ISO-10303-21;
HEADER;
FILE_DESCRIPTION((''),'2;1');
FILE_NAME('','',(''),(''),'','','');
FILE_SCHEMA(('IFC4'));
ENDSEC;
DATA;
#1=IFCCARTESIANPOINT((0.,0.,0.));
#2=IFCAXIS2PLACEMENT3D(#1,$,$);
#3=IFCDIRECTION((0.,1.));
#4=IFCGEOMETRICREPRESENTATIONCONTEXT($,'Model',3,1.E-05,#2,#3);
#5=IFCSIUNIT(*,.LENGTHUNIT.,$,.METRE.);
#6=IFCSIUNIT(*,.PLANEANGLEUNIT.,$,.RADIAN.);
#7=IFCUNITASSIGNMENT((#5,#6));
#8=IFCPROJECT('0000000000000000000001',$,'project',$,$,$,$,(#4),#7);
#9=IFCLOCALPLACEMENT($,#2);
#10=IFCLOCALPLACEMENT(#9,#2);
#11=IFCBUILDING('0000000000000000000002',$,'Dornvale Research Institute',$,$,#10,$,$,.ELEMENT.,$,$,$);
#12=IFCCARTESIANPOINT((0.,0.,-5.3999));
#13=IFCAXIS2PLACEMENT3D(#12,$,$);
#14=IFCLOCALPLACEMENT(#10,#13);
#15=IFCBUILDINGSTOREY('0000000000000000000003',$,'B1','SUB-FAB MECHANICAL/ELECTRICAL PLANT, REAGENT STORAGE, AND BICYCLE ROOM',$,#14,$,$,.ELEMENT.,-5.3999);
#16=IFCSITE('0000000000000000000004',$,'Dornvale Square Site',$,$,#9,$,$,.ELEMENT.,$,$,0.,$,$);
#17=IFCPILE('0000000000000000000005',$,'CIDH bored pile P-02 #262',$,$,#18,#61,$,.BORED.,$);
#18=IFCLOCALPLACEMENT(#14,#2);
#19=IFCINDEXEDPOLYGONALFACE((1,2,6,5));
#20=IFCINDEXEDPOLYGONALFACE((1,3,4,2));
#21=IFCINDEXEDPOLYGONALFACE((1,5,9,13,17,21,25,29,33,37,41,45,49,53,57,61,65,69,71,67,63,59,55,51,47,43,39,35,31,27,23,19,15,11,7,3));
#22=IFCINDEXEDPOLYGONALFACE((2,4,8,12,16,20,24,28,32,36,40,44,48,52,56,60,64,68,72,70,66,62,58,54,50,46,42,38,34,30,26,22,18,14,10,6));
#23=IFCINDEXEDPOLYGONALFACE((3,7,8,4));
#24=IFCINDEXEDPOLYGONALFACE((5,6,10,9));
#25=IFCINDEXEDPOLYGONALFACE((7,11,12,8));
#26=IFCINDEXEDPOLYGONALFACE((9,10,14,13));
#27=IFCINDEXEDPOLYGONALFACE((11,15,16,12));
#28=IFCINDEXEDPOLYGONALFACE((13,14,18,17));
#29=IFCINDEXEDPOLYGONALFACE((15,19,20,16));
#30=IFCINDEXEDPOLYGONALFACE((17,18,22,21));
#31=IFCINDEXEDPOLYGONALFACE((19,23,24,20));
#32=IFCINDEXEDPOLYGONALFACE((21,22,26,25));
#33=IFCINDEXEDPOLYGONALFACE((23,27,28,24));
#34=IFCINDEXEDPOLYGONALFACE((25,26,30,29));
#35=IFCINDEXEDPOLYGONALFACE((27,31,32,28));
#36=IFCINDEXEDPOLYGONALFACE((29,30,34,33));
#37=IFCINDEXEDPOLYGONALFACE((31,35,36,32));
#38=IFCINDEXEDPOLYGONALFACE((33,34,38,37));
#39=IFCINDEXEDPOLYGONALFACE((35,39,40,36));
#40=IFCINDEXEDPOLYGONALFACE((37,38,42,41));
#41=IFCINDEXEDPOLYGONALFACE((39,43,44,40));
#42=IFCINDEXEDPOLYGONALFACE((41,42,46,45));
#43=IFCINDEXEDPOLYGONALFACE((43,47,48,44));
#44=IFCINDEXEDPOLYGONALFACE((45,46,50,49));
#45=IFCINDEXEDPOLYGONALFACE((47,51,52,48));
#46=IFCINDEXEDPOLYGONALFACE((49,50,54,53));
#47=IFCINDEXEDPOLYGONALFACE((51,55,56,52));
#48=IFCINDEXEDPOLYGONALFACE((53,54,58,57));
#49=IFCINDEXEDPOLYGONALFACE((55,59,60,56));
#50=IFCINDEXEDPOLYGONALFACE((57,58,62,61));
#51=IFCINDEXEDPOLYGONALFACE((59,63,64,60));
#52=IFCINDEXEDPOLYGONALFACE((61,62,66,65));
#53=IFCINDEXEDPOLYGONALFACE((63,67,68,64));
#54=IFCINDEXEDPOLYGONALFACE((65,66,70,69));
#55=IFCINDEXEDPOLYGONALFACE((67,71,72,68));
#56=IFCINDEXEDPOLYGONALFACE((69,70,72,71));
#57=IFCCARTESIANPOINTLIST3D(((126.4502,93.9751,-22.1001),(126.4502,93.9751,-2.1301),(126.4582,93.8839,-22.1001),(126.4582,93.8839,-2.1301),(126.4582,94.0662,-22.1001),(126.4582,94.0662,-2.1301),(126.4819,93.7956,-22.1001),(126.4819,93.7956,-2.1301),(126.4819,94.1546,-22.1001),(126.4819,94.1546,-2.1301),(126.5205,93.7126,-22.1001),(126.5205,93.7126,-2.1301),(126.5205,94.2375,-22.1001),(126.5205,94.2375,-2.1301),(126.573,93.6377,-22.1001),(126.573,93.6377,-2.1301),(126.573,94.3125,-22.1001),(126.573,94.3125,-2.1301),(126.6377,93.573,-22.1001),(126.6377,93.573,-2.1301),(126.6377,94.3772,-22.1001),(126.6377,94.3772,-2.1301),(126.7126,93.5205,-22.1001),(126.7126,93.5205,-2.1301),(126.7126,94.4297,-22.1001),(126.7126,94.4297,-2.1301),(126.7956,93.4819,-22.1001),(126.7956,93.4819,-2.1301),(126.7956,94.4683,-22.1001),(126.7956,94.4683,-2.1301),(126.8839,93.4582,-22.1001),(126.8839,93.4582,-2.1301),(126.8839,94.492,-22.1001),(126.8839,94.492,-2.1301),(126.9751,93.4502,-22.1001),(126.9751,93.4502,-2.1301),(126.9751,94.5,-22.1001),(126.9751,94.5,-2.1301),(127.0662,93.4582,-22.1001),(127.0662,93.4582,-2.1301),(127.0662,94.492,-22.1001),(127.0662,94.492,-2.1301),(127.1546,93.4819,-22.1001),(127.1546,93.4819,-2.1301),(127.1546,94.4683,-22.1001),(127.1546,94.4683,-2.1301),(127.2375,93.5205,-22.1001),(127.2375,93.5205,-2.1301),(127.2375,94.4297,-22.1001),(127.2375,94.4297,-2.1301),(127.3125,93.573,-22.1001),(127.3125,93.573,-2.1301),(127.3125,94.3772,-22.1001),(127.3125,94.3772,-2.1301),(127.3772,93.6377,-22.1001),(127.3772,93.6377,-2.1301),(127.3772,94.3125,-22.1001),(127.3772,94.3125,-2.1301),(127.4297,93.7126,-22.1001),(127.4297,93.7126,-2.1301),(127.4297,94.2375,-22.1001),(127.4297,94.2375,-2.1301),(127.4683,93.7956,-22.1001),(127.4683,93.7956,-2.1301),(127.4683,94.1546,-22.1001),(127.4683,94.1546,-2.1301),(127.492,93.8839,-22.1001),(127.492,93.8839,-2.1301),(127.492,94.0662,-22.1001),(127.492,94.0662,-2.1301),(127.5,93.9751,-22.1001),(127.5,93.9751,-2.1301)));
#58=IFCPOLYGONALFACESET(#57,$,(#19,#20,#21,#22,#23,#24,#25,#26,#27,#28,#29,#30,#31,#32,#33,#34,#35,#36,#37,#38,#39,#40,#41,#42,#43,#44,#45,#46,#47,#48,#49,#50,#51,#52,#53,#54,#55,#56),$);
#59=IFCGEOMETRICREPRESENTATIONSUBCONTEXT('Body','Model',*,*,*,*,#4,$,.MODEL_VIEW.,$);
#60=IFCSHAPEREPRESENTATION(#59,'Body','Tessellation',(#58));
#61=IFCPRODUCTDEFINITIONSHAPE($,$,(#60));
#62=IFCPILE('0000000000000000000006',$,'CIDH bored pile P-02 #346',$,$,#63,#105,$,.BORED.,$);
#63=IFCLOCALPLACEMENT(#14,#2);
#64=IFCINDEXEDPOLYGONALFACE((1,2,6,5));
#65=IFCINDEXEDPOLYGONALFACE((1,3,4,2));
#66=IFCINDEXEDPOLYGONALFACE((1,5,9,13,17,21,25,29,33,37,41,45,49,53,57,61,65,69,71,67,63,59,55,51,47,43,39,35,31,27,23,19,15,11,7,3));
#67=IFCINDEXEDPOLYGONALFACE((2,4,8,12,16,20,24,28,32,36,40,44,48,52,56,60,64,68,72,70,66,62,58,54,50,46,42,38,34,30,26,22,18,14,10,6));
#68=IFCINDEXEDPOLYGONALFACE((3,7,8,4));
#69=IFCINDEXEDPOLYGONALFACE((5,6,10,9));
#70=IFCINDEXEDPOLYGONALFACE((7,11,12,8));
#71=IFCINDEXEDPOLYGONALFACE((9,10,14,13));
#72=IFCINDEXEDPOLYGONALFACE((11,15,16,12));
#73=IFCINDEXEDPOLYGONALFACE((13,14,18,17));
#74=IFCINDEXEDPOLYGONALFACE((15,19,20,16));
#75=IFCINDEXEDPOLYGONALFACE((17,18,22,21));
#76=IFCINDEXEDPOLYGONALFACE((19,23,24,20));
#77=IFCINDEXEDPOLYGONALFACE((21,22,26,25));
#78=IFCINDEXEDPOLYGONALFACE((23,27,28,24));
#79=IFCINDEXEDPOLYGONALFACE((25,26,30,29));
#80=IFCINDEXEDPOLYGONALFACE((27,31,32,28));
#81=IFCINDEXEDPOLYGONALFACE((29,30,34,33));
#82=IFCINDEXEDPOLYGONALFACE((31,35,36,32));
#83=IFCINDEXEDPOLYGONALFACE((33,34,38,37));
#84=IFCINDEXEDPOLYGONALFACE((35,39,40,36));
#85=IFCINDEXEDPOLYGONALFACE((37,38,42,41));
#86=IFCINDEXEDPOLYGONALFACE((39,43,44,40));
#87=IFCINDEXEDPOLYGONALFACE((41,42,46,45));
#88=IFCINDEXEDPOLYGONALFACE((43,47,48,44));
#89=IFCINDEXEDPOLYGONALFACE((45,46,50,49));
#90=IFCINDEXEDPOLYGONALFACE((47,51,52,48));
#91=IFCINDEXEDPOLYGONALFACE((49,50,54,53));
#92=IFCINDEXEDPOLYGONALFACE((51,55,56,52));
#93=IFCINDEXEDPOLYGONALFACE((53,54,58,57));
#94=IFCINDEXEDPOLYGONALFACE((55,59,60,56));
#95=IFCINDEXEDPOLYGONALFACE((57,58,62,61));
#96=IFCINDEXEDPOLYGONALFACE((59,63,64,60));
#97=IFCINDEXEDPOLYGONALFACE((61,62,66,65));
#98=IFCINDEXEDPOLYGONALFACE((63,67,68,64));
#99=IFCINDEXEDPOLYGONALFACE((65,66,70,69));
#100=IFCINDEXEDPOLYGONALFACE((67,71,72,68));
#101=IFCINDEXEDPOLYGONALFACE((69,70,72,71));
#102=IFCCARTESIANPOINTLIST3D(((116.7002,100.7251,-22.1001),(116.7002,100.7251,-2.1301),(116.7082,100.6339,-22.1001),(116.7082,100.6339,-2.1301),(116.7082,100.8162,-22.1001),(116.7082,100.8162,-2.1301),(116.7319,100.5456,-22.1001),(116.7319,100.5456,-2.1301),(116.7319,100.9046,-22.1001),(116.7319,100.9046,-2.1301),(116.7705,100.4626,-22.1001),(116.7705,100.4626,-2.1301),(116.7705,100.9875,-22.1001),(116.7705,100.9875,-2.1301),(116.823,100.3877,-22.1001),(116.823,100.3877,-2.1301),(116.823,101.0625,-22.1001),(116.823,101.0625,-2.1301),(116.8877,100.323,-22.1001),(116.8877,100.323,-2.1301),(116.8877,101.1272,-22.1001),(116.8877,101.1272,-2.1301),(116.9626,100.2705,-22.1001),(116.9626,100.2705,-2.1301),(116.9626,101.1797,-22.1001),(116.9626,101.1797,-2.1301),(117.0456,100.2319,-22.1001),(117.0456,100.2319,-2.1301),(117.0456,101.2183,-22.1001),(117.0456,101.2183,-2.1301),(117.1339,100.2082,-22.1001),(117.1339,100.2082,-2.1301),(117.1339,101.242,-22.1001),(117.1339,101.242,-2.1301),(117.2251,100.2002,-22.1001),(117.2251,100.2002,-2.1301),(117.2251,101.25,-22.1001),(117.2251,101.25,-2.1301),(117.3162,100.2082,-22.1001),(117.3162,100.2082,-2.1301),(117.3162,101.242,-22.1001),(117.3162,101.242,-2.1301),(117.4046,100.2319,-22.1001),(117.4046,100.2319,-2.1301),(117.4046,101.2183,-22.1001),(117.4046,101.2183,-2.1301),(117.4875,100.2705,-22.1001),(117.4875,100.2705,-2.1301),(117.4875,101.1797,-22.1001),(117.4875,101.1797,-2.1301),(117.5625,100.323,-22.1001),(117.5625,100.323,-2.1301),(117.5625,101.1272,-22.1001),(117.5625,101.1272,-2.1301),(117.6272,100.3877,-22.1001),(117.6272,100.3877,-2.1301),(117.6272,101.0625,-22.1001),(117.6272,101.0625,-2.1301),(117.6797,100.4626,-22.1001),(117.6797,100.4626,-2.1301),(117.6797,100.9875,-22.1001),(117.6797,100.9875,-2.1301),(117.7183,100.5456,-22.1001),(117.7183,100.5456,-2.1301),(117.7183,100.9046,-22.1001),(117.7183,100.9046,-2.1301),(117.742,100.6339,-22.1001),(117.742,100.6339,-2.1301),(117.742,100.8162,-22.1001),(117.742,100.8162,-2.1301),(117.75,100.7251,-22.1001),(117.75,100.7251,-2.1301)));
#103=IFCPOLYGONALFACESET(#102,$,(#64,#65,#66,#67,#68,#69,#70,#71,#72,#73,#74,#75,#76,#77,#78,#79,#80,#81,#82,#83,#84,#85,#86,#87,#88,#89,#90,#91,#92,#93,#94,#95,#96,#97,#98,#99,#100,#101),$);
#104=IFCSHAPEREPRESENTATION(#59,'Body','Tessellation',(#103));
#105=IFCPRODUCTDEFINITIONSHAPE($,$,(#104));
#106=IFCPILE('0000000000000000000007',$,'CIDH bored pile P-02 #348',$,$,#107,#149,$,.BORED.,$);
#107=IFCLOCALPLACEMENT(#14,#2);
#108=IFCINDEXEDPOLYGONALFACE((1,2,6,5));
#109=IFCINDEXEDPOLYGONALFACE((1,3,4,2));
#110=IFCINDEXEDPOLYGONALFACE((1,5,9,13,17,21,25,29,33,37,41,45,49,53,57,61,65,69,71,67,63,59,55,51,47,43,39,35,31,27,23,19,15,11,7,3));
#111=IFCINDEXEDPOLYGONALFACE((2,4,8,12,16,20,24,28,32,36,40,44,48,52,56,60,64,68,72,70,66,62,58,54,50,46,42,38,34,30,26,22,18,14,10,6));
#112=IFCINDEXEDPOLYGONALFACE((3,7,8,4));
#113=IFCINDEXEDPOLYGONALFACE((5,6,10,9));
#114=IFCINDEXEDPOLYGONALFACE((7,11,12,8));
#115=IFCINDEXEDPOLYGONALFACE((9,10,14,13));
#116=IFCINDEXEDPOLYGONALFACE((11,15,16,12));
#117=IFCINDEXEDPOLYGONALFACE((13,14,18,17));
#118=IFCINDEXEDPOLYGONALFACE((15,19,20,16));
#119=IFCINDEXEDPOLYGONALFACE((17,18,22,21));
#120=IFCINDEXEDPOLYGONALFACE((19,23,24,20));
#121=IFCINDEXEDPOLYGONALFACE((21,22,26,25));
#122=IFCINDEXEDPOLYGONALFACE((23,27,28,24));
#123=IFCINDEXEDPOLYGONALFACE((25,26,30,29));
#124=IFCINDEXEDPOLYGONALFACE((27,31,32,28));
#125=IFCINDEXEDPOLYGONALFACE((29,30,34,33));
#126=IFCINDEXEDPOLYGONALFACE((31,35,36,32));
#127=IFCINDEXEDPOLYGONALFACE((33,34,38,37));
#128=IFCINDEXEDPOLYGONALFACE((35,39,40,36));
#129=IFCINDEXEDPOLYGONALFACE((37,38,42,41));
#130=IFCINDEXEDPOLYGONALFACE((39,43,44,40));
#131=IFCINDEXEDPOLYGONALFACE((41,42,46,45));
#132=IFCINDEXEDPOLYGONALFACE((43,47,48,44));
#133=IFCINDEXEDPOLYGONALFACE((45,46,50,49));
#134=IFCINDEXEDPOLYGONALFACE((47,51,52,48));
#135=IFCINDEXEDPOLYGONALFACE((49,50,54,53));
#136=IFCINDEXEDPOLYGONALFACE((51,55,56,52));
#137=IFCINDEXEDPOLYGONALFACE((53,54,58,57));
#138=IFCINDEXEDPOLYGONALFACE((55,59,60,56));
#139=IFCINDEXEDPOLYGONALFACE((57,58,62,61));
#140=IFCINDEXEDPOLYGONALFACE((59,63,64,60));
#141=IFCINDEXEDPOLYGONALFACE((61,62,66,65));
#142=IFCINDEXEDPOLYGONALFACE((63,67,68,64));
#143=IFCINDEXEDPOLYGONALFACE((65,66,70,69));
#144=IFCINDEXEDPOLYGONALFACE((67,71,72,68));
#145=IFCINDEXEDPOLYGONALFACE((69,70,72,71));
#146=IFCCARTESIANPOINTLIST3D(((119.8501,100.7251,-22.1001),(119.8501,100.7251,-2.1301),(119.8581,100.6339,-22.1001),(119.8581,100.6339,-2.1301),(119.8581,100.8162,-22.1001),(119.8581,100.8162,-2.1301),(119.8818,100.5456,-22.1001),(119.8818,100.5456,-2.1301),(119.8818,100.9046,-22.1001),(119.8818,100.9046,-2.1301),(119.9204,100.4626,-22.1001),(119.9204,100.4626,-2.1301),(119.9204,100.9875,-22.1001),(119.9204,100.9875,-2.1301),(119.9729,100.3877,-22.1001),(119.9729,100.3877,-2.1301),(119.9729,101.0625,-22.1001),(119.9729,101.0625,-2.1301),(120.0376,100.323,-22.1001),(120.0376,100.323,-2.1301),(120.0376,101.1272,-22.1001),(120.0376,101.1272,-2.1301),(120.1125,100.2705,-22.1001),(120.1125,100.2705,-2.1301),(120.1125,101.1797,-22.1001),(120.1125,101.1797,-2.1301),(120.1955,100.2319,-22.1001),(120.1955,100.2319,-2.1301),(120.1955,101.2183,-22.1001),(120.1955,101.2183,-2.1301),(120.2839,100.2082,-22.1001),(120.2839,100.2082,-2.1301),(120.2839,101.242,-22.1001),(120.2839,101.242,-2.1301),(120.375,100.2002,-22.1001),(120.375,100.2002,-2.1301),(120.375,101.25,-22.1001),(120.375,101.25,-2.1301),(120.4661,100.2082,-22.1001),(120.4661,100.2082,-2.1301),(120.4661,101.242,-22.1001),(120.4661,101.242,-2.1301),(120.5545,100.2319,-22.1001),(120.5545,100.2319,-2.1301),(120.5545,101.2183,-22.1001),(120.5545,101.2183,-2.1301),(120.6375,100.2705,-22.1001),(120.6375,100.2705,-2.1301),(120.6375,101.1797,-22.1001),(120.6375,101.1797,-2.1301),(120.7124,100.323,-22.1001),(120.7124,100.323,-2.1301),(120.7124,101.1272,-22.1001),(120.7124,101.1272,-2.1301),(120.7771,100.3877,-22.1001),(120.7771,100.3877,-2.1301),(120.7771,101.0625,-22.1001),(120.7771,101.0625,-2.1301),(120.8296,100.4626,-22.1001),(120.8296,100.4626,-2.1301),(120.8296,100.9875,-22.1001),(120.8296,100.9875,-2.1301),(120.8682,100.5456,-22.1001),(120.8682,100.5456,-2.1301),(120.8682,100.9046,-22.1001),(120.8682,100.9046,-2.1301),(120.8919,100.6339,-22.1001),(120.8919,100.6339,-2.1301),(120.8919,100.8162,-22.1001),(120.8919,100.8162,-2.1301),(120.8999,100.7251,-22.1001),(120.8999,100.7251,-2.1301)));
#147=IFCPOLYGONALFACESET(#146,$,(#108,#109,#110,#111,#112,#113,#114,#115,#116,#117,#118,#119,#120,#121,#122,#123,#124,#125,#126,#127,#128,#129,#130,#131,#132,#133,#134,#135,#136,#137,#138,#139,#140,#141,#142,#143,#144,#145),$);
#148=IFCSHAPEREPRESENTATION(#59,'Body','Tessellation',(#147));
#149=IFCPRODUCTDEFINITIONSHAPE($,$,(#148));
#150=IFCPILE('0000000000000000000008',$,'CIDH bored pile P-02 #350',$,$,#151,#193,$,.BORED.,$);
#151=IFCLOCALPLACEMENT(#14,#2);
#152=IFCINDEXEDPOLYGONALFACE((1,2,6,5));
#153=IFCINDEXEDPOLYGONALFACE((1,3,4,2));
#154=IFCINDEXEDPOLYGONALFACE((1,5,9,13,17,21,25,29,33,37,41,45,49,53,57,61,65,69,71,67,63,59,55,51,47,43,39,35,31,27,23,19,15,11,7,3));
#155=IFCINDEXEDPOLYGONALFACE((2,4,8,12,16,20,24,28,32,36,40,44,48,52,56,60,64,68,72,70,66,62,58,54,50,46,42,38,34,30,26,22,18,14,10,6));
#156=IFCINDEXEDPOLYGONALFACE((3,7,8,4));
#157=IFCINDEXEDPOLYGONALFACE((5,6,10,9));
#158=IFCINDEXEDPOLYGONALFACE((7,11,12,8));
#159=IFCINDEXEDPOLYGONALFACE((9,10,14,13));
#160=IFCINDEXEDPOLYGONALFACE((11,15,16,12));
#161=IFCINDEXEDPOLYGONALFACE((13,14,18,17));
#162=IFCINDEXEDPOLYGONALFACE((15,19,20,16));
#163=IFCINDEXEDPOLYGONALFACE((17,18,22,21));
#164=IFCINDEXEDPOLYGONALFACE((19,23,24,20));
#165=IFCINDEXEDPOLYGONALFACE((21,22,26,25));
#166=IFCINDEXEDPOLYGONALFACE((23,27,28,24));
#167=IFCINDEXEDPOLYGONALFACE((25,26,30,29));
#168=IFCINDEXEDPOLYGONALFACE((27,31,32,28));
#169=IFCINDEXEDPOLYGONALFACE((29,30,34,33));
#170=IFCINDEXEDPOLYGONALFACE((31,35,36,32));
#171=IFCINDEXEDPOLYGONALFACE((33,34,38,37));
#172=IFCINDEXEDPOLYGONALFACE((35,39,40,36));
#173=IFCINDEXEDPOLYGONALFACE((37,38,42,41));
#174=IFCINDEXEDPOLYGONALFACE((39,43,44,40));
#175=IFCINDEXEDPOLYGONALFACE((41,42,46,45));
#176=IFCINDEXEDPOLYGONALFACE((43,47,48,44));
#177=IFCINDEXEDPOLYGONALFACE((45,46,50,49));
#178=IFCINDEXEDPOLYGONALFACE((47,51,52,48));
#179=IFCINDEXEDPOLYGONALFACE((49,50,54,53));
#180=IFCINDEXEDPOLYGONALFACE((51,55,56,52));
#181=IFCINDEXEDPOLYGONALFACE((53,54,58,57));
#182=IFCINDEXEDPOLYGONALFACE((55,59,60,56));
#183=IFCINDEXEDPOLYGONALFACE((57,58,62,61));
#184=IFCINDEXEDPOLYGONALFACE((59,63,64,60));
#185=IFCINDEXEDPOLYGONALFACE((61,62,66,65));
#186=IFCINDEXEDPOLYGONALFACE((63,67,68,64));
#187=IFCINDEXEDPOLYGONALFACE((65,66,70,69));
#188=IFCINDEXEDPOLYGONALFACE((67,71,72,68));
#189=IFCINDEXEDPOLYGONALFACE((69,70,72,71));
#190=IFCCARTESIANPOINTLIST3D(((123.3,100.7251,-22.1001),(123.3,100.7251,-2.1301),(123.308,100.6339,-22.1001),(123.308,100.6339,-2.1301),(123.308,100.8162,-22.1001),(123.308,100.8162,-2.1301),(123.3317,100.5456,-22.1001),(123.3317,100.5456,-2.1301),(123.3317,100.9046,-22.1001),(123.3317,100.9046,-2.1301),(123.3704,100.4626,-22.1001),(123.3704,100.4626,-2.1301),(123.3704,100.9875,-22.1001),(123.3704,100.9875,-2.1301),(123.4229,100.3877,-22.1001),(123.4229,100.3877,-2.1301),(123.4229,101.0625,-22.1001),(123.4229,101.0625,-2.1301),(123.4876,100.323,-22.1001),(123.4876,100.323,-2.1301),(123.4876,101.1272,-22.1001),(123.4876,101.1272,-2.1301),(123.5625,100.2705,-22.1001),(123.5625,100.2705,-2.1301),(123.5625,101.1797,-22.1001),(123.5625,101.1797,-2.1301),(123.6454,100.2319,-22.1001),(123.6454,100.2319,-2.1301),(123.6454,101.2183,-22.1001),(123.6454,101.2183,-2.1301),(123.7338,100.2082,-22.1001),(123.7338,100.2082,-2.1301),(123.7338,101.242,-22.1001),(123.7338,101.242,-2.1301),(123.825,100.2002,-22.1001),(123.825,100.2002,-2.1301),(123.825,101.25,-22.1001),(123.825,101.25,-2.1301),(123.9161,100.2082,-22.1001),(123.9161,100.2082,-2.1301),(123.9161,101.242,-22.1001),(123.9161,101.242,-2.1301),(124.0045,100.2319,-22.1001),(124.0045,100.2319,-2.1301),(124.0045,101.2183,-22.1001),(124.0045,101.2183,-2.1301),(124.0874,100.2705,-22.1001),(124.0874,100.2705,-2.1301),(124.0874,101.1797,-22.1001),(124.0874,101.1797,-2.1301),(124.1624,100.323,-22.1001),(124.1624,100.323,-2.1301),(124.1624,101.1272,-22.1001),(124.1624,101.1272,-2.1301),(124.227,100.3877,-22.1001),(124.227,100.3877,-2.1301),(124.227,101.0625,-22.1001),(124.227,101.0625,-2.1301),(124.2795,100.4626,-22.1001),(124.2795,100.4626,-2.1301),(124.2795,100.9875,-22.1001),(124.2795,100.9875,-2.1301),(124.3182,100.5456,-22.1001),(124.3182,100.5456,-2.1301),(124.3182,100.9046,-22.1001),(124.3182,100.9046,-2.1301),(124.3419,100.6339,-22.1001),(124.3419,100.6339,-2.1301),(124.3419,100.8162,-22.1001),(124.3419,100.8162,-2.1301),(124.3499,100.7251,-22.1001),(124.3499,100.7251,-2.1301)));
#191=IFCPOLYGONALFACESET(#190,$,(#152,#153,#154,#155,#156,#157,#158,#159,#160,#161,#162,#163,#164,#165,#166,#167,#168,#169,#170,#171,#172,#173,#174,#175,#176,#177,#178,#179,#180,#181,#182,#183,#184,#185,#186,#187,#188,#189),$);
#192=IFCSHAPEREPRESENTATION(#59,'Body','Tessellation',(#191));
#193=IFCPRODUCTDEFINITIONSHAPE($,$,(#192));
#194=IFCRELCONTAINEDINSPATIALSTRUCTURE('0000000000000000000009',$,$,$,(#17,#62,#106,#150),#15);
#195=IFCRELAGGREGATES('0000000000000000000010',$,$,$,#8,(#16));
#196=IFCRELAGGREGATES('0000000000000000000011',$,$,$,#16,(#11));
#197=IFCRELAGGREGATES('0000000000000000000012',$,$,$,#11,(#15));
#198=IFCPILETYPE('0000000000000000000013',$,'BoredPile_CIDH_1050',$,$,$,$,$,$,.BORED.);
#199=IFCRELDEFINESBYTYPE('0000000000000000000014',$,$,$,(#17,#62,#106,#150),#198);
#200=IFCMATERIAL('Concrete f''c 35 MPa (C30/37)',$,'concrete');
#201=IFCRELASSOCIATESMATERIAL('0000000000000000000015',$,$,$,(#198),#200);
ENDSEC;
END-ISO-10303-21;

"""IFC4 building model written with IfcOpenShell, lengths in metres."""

from ifc_helpers import new_model, si_unit, direction, frame, origin, origin_2d, place, context, subcontext, project, spatial, circle, extrude, material, material_profile, profile_set, type_object, element, save


model = new_model("IFC4")

# Units and contexts
model_context = context("Model", 3, precision=1e-05, world=origin(), true_north=direction((0.0, 1.0)))
body_context = subcontext(model_context, "Body", "Model", "MODEL_VIEW")
ifc_project = project(units=[si_unit("LENGTHUNIT", "METRE"), si_unit("PLANEANGLEUNIT", "RADIAN")], contexts=[model_context])

# Site, building, storey
site_placement = place(None, origin())
site = spatial("IfcSite", under=ifc_project, at=site_placement, Name="Dornvale Square Site", CompositionType="ELEMENT", RefElevation=0.0)
building_placement = place(site_placement, origin())
building = spatial("IfcBuilding", under=site, at=building_placement, Name="Dornvale Research Institute", CompositionType="ELEMENT")
storey_placement = place(building_placement, frame((0.0, 0.0, -5.3999)))
storey = spatial("IfcBuildingStorey", under=building, at=storey_placement, Name="B1", Description="SUB-FAB MECHANICAL/ELECTRICAL PLANT, REAGENT STORAGE, AND BICYCLE ROOM", CompositionType="ELEMENT", Elevation=-5.3999)

# Piles
ifc_material_1 = material(Name="Concrete f'c 35 MPa (C30/37)", Category="concrete")
ifc_material_profile_1 = material_profile(ifc_material_1, circle(Radius=0.5249, at=origin_2d()), Name="CIDH PILE D1050")
ifc_profile_set_1 = profile_set([ifc_material_profile_1], Name="Concrete f'c 35 MPa (C30/37)")
pile_type = type_object("IfcPileType", Name="BoredPile_CIDH_1050", PredefinedType="BORED", material=ifc_profile_set_1)
for number, where, z_axis, x_axis, name in (
    (1, (126.9751, 93.9751, -2.1301), (0.0, 0.0, -1.0), (1.0, 0.0, 0.0), "CIDH bored pile P-02 #262"),
    (2, (117.2251, 100.7251, -2.1301), (0.0, 0.0, -1.0), (1.0, 0.0, 0.0), "CIDH bored pile P-02 #346"),
    (3, (120.375, 100.7251, -2.1301), (0.0, 0.0, -1.0), (1.0, 0.0, 0.0), "CIDH bored pile P-02 #348"),
    (4, (123.825, 100.7251, -2.1301), (0.0, 0.0, -1.0), (1.0, 0.0, 0.0), "CIDH bored pile P-02 #350"),
):
    element("IfcPile", number, at=place(storey_placement, frame(where, z_axis=z_axis, x_axis=x_axis)), inside=storey, type_object=pile_type, Name=name, PredefinedType="BORED", context=body_context, shape_type="SweptSolid", body=[
        extrude(circle(Radius=0.5249, at=origin_2d()), origin(), (0.0, 0.0, 1.0), 19.97),
    ])

save(model, "model.ifc")
